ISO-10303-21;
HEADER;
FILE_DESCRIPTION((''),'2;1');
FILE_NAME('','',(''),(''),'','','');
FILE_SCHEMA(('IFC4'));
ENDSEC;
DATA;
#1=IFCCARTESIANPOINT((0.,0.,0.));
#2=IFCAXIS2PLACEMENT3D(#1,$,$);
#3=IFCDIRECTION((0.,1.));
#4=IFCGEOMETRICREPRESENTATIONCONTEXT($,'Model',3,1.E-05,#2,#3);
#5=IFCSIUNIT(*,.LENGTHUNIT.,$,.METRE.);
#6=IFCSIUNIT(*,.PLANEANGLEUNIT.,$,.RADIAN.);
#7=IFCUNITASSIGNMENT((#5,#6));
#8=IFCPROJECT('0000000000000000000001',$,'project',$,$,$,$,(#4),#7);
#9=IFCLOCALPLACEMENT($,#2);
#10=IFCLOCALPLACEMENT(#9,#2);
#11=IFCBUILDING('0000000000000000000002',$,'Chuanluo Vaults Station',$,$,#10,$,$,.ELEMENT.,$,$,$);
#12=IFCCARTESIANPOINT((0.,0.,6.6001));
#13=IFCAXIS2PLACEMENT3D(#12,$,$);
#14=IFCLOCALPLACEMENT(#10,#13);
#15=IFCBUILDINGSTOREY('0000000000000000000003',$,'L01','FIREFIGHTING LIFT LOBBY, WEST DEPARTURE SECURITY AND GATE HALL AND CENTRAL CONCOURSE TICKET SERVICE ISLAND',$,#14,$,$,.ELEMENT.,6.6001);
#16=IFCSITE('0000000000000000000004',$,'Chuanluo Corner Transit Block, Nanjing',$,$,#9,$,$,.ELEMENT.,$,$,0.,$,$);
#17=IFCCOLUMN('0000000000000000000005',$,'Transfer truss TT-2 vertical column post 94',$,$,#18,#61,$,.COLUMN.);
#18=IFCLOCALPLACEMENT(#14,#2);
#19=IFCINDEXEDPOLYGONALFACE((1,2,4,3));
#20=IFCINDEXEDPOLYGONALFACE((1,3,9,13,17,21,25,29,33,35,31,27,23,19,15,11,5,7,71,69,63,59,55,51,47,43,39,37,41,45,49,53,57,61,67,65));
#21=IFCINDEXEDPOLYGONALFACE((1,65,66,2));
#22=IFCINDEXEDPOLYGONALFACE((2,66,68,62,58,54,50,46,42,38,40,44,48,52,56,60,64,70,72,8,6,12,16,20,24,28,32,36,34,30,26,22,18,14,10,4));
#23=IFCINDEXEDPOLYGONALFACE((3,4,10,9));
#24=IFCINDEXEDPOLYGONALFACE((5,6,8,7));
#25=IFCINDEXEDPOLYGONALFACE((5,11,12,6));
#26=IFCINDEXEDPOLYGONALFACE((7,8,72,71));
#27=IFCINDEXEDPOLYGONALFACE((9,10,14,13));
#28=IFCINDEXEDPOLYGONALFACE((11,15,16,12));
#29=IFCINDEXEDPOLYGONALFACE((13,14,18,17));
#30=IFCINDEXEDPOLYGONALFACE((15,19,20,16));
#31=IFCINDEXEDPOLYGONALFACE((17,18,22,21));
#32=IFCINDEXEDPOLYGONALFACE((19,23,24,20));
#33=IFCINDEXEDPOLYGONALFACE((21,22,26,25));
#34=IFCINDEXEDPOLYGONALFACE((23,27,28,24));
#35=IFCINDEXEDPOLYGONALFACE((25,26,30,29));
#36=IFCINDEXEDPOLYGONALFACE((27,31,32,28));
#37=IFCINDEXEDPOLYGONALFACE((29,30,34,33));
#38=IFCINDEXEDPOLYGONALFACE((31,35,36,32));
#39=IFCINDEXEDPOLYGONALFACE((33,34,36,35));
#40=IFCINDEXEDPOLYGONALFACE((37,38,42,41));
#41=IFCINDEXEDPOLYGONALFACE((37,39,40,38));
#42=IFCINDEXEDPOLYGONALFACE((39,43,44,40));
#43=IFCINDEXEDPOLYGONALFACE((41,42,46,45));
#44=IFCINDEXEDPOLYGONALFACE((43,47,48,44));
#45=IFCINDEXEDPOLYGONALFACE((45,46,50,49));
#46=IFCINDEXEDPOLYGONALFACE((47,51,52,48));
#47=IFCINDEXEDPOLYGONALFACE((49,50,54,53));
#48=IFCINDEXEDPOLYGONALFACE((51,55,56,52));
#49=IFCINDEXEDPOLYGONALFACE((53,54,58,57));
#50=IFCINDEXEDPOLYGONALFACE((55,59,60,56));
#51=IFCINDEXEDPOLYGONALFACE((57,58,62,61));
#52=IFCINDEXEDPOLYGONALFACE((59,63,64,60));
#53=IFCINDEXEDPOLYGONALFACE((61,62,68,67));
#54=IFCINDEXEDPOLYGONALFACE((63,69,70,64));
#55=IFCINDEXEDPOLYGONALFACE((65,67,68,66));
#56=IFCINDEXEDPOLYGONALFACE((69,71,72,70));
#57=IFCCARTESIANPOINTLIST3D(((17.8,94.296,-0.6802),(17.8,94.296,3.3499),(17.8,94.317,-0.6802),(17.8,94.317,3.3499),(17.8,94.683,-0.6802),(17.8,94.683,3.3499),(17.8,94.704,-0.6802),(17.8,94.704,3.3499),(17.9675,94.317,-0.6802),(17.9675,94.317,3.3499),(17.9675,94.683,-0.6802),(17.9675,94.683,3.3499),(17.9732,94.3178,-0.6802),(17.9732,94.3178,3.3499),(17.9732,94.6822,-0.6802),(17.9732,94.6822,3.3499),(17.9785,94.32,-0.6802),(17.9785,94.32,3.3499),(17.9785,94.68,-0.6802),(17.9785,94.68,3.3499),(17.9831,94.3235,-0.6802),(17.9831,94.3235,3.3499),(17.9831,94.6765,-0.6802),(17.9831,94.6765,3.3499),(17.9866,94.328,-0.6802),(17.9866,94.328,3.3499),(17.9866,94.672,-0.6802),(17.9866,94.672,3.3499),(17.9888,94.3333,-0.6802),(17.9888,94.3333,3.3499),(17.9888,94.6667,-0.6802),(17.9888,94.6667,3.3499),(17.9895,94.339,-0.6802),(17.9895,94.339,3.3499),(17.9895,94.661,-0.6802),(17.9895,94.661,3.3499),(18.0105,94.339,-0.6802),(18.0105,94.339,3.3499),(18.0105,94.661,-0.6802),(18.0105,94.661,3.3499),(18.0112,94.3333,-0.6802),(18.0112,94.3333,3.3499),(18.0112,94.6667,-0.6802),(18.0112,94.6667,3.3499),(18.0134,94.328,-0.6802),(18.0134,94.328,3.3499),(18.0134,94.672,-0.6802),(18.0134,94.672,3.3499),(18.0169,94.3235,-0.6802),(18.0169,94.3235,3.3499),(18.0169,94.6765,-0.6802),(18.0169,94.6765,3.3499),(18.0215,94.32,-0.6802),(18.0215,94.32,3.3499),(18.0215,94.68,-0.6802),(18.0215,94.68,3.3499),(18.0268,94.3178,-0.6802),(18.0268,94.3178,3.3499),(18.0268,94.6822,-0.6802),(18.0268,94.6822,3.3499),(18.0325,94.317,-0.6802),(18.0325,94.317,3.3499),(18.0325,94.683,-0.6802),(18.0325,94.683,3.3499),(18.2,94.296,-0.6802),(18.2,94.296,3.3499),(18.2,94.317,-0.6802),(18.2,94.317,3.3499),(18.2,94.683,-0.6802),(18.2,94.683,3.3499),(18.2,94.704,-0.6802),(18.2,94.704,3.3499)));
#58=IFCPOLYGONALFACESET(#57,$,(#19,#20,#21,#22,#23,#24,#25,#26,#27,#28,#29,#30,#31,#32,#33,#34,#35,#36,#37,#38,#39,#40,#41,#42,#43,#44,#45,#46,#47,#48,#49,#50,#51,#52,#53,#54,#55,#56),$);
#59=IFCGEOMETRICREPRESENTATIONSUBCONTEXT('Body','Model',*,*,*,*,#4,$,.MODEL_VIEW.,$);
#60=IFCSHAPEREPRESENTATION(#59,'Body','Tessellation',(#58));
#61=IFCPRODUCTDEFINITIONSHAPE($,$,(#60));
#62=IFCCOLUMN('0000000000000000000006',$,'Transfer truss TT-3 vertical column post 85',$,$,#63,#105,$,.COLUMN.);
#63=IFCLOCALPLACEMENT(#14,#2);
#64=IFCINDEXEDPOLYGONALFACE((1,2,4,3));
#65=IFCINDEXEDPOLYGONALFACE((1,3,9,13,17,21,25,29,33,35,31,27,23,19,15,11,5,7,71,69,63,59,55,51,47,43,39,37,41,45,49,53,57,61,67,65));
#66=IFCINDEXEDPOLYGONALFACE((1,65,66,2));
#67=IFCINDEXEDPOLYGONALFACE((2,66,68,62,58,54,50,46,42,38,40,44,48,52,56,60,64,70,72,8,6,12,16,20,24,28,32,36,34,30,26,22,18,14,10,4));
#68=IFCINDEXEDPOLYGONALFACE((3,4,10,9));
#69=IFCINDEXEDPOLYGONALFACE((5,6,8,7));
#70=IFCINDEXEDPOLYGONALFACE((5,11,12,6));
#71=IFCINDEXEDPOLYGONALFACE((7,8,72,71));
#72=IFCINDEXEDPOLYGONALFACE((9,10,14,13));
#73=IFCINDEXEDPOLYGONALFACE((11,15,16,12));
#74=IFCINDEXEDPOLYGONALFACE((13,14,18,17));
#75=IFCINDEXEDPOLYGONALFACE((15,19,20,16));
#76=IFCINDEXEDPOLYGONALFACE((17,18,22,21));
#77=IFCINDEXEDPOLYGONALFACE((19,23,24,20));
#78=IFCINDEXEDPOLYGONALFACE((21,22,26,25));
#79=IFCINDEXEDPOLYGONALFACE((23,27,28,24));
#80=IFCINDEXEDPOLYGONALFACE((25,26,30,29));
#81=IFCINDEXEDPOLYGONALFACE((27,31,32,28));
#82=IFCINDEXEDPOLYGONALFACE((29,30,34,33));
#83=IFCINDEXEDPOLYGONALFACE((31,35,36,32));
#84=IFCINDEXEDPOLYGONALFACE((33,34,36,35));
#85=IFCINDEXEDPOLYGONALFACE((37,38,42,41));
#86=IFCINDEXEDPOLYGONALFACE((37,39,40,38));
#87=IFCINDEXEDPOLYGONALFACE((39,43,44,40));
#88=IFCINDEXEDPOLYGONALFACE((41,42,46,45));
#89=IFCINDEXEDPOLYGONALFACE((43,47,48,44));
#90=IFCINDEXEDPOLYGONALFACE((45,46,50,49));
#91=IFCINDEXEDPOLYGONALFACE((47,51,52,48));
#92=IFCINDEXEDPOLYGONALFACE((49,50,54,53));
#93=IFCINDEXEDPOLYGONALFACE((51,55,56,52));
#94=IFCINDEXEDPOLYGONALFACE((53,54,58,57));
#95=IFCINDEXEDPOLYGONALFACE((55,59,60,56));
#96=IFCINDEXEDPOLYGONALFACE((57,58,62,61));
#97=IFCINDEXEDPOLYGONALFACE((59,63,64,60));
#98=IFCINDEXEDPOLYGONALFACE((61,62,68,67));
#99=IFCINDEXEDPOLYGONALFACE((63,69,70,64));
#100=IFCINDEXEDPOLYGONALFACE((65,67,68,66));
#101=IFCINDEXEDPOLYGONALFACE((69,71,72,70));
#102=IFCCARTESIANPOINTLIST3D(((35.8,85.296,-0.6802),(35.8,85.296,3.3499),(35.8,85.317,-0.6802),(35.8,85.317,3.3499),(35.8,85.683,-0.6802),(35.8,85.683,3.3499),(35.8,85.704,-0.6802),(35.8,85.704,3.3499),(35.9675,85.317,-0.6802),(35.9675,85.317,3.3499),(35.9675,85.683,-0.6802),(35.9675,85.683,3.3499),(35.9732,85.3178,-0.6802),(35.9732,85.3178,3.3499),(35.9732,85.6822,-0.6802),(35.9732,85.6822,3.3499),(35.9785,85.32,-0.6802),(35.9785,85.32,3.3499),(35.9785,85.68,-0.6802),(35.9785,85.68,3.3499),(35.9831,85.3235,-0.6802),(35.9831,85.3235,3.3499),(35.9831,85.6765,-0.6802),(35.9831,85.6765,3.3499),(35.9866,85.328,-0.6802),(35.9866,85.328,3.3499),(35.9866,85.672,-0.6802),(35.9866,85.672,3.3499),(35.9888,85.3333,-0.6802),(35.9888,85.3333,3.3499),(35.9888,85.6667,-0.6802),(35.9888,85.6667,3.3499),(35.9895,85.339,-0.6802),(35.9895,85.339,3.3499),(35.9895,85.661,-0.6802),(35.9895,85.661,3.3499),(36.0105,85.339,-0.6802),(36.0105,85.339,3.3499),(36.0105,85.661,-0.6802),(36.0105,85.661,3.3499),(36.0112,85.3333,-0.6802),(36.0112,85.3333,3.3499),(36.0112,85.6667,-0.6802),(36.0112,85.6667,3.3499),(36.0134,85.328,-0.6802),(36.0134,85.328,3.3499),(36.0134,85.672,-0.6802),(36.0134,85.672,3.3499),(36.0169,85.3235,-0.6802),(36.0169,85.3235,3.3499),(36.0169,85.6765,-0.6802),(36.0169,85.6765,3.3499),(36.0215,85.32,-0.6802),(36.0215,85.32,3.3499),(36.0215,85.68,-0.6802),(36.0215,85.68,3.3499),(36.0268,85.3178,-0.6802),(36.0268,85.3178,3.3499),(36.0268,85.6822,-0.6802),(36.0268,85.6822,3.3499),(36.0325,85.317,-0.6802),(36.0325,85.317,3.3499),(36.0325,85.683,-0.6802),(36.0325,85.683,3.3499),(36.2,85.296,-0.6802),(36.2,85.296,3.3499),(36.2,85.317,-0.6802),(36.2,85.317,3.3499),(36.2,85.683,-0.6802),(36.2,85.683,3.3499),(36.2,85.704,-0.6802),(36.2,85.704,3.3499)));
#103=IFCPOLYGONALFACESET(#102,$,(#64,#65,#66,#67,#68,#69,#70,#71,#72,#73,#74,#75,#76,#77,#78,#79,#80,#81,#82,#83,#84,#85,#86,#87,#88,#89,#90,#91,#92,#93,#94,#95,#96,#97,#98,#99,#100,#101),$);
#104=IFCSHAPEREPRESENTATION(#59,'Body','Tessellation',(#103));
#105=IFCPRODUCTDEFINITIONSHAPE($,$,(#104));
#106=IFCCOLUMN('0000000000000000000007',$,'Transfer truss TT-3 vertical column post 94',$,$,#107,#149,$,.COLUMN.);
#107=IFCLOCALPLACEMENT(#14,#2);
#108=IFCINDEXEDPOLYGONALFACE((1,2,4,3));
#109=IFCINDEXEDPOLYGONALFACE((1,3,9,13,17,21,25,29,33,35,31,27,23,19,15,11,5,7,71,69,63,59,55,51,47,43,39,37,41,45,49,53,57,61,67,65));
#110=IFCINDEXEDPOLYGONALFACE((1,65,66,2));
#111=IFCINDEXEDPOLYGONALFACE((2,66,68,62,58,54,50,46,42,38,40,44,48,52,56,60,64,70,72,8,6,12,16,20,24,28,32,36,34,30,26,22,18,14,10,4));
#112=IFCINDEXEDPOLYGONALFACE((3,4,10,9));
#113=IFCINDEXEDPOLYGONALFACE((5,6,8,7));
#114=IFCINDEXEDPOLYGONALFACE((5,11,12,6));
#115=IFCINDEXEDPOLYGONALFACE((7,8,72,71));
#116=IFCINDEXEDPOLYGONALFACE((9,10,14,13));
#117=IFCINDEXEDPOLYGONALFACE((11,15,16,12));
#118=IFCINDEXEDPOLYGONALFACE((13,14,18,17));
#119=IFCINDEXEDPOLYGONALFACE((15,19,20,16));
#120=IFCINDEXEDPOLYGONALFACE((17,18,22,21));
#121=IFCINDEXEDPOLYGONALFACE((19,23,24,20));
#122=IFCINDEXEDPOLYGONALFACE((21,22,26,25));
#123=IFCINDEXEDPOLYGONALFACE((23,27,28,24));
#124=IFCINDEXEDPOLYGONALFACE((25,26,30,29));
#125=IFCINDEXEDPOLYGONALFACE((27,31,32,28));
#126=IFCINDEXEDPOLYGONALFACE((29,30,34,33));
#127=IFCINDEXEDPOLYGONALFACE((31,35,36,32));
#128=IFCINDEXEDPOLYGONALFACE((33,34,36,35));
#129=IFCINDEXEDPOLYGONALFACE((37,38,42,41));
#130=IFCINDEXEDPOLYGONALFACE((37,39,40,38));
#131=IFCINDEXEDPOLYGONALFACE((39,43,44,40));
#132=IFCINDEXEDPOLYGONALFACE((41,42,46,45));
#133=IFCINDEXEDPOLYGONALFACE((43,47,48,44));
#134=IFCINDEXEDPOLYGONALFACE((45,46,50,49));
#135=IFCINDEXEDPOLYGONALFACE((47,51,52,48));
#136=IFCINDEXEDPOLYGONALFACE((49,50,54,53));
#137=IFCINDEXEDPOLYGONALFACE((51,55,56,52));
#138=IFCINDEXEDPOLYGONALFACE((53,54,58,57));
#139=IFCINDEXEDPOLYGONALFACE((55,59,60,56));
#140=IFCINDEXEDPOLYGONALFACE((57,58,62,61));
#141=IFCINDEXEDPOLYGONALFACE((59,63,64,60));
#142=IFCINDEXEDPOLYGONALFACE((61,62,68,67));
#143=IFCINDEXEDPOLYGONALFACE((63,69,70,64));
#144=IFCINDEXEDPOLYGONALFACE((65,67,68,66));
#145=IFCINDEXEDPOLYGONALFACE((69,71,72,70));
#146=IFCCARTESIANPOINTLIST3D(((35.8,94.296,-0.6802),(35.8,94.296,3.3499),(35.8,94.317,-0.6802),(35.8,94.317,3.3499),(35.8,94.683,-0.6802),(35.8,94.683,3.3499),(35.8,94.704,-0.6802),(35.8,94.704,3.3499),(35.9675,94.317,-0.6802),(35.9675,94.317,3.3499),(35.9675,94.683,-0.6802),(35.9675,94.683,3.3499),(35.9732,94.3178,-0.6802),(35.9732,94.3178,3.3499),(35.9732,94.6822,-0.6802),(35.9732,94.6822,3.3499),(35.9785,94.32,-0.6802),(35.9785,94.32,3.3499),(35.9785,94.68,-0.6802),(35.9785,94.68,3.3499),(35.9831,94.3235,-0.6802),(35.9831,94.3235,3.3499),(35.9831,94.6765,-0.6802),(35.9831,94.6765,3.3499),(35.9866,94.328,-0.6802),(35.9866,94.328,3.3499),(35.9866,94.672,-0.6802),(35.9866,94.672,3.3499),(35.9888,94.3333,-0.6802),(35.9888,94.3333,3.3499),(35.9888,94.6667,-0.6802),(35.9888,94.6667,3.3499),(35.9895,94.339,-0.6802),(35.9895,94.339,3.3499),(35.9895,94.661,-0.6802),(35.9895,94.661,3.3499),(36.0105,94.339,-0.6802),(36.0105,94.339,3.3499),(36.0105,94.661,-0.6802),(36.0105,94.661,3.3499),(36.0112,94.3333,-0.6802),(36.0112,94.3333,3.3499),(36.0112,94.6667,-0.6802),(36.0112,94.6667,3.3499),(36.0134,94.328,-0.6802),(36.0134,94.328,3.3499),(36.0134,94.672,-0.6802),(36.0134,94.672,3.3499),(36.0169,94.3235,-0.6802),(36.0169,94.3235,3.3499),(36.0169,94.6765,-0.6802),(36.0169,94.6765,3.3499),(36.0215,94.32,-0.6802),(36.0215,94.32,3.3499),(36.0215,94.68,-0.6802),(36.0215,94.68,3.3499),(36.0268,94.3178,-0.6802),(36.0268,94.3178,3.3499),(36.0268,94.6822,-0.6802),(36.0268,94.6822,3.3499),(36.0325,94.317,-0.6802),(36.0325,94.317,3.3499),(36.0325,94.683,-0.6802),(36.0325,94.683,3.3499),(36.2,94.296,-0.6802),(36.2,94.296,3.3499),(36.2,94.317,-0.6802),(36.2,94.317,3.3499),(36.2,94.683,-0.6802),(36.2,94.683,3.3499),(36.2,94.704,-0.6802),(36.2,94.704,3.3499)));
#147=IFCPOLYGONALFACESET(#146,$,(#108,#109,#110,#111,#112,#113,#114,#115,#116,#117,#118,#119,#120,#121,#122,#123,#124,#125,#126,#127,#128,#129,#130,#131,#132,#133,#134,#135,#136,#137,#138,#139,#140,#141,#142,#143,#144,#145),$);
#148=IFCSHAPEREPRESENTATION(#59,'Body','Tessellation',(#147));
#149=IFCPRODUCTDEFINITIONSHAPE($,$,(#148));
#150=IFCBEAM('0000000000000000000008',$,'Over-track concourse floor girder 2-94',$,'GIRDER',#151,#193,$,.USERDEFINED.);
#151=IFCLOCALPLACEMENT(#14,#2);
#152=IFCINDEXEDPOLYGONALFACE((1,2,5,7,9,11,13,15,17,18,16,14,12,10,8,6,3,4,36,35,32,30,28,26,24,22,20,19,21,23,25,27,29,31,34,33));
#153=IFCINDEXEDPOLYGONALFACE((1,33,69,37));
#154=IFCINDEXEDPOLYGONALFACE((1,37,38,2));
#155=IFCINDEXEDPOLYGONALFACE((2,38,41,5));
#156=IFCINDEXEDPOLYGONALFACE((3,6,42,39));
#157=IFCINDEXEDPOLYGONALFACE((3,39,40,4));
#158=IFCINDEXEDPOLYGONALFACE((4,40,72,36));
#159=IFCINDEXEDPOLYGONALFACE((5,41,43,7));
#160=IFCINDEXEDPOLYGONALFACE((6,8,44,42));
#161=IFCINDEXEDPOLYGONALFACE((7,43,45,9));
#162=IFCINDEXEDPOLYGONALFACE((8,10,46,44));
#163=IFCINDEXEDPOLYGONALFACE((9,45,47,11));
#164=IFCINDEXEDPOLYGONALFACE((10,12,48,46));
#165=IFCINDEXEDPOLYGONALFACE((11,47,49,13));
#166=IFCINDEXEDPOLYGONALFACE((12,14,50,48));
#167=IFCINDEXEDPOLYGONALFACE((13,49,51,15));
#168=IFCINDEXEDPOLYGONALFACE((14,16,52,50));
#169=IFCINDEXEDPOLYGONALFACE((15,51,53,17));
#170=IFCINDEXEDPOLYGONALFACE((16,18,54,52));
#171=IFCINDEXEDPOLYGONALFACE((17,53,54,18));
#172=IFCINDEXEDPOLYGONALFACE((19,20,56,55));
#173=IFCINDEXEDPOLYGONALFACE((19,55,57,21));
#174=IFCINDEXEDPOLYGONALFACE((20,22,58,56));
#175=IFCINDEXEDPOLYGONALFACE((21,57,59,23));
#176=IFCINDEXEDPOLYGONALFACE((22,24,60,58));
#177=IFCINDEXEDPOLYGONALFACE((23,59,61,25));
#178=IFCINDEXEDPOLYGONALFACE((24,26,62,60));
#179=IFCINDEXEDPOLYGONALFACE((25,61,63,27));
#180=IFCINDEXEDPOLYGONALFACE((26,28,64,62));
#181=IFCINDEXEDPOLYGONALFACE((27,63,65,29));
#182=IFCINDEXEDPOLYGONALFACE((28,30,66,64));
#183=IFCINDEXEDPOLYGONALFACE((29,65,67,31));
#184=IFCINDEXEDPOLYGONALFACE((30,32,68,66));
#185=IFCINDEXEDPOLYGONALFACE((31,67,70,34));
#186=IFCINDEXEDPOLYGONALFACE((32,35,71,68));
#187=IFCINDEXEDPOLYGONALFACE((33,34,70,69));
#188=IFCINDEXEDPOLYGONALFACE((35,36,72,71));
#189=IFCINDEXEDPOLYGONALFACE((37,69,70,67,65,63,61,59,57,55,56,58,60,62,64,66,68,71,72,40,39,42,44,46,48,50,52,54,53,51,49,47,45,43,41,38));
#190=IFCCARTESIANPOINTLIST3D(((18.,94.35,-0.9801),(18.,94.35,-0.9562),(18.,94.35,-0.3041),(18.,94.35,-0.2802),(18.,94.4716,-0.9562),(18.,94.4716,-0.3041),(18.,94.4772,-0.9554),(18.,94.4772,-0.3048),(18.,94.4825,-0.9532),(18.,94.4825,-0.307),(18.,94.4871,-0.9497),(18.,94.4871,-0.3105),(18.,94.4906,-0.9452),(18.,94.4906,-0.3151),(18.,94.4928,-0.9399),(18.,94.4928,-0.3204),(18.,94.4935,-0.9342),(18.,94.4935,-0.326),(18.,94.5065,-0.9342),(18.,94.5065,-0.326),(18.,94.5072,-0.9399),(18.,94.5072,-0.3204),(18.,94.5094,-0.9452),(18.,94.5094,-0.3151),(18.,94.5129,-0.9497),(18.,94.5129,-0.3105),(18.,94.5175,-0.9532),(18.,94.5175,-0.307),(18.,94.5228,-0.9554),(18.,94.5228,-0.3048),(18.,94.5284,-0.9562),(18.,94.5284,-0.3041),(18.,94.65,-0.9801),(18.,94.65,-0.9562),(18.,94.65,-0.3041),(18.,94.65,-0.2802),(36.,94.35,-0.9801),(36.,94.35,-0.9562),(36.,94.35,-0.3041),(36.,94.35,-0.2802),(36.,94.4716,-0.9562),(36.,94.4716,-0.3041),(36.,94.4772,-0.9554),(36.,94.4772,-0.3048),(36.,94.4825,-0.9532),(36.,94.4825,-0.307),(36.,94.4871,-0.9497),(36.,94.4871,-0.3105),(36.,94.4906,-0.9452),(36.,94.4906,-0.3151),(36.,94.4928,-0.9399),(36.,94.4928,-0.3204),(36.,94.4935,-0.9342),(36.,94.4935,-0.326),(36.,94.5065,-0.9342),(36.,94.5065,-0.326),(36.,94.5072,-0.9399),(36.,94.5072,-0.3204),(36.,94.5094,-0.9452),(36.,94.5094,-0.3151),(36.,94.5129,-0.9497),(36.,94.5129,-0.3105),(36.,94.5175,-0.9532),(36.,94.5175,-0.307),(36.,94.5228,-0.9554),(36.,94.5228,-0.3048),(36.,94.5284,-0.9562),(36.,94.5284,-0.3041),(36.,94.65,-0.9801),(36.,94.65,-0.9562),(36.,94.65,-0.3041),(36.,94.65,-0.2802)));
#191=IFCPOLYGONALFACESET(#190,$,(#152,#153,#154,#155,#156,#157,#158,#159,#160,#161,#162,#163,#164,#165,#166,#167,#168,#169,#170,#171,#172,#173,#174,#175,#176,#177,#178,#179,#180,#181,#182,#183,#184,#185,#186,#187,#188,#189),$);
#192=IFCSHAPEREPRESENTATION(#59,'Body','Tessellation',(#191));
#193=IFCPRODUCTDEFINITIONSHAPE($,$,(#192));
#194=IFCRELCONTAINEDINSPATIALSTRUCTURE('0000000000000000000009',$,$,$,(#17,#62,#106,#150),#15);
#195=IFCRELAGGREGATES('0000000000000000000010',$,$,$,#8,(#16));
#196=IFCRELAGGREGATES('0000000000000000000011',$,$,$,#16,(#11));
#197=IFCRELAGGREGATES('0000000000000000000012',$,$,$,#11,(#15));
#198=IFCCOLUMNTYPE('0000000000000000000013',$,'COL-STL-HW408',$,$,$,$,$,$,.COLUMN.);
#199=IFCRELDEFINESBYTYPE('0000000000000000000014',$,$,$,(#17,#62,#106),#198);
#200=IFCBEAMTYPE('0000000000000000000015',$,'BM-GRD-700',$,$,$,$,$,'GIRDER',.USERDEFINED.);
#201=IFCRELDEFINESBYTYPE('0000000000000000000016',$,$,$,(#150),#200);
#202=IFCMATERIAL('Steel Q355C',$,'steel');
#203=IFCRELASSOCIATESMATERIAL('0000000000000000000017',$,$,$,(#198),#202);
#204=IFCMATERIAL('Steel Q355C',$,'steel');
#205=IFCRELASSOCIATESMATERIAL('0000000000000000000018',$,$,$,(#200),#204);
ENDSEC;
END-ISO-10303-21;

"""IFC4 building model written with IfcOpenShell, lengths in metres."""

from ifc_helpers import new_model, si_unit, direction, frame, origin, origin_2d, place, context, subcontext, project, spatial, i_section, extrude, material, material_profile, profile_set, type_object, element, save


model = new_model("IFC4")

# Units and contexts
model_context = context("Model", 3, precision=1e-05, world=origin(), true_north=direction((0.0, 1.0)))
body_context = subcontext(model_context, "Body", "Model", "MODEL_VIEW")
ifc_project = project(units=[si_unit("LENGTHUNIT", "METRE"), si_unit("PLANEANGLEUNIT", "RADIAN")], contexts=[model_context])

# Site, building, storey
site_placement = place(None, origin())
site = spatial("IfcSite", under=ifc_project, at=site_placement, Name="Chuanluo Corner Transit Block, Nanjing", CompositionType="ELEMENT", RefElevation=0.0)
building_placement = place(site_placement, origin())
building = spatial("IfcBuilding", under=site, at=building_placement, Name="Chuanluo Vaults Station", CompositionType="ELEMENT")
storey_placement = place(building_placement, frame((0.0, 0.0, 6.6001)))
storey = spatial("IfcBuildingStorey", under=building, at=storey_placement, Name="L01", Description="FIREFIGHTING LIFT LOBBY, WEST DEPARTURE SECURITY AND GATE HALL AND CENTRAL CONCOURSE TICKET SERVICE ISLAND", CompositionType="ELEMENT", Elevation=6.6001)

# Columns
ifc_material_1 = material(Name="Steel Q355C", Category="steel")
ifc_material_profile_1 = material_profile(ifc_material_1, i_section(OverallWidth=0.3999, OverallDepth=0.408, WebThickness=0.021, FlangeThickness=0.021, FilletRadius=0.022, at=origin_2d()))
ifc_profile_set_1 = profile_set([ifc_material_profile_1], Name="Steel Q355C")
column_type = type_object("IfcColumnType", Name="COL-STL-HW408", PredefinedType="COLUMN", material=ifc_profile_set_1)
for number, where, z_axis, x_axis, name in (
    (1, (18.0, 94.5, -0.6802), (0.0, 0.0, 1.0), (1.0, 0.0, 0.0), "Transfer truss TT-2 vertical column post 94"),
    (2, (36.0, 85.5, -0.6802), (0.0, 0.0, 1.0), (1.0, 0.0, 0.0), "Transfer truss TT-3 vertical column post 85"),
    (3, (36.0, 94.5, -0.6802), (0.0, 0.0, 1.0), (1.0, 0.0, 0.0), "Transfer truss TT-3 vertical column post 94"),
):
    element("IfcColumn", number, at=place(storey_placement, frame(where, z_axis=z_axis, x_axis=x_axis)), inside=storey, type_object=column_type, Name=name, PredefinedType="COLUMN", context=body_context, shape_type="SweptSolid", body=[
        extrude(i_section(OverallWidth=0.3999, OverallDepth=0.408, WebThickness=0.021, FlangeThickness=0.021, FilletRadius=0.022, at=origin_2d()), origin(), (0.0, 0.0, 1.0), 4.03),
    ])

# Beam
ifc_material_2 = material(Name="Steel Q355C", Category="steel")
ifc_material_profile_2 = material_profile(ifc_material_2, i_section(OverallWidth=0.3, OverallDepth=0.7, WebThickness=0.0129, FlangeThickness=0.0239, FilletRadius=0.022, at=origin_2d()))
ifc_profile_set_2 = profile_set([ifc_material_profile_2], Name="Steel Q355C")
beam_type_1 = type_object("IfcBeamType", Name="BM-GRD-700", ElementType="GIRDER", PredefinedType="USERDEFINED", material=ifc_profile_set_2)
for number, where, z_axis, x_axis, name in (
    (4, (18.0, 94.5, -0.6301), (1.0, 0.0, 0.0), (0.0, 1.0, 0.0), "Over-track concourse floor girder 2-94"),
):
    element("IfcBeam", number, at=place(storey_placement, frame(where, z_axis=z_axis, x_axis=x_axis)), inside=storey, type_object=beam_type_1, Name=name, ObjectType="GIRDER", PredefinedType="USERDEFINED", context=body_context, shape_type="SweptSolid", body=[
        extrude(i_section(OverallWidth=0.3, OverallDepth=0.7, WebThickness=0.0129, FlangeThickness=0.0239, FilletRadius=0.022, at=origin_2d()), origin(), (0.0, 0.0, 1.0), 18.0),
    ])

save(model, "model.ifc")
